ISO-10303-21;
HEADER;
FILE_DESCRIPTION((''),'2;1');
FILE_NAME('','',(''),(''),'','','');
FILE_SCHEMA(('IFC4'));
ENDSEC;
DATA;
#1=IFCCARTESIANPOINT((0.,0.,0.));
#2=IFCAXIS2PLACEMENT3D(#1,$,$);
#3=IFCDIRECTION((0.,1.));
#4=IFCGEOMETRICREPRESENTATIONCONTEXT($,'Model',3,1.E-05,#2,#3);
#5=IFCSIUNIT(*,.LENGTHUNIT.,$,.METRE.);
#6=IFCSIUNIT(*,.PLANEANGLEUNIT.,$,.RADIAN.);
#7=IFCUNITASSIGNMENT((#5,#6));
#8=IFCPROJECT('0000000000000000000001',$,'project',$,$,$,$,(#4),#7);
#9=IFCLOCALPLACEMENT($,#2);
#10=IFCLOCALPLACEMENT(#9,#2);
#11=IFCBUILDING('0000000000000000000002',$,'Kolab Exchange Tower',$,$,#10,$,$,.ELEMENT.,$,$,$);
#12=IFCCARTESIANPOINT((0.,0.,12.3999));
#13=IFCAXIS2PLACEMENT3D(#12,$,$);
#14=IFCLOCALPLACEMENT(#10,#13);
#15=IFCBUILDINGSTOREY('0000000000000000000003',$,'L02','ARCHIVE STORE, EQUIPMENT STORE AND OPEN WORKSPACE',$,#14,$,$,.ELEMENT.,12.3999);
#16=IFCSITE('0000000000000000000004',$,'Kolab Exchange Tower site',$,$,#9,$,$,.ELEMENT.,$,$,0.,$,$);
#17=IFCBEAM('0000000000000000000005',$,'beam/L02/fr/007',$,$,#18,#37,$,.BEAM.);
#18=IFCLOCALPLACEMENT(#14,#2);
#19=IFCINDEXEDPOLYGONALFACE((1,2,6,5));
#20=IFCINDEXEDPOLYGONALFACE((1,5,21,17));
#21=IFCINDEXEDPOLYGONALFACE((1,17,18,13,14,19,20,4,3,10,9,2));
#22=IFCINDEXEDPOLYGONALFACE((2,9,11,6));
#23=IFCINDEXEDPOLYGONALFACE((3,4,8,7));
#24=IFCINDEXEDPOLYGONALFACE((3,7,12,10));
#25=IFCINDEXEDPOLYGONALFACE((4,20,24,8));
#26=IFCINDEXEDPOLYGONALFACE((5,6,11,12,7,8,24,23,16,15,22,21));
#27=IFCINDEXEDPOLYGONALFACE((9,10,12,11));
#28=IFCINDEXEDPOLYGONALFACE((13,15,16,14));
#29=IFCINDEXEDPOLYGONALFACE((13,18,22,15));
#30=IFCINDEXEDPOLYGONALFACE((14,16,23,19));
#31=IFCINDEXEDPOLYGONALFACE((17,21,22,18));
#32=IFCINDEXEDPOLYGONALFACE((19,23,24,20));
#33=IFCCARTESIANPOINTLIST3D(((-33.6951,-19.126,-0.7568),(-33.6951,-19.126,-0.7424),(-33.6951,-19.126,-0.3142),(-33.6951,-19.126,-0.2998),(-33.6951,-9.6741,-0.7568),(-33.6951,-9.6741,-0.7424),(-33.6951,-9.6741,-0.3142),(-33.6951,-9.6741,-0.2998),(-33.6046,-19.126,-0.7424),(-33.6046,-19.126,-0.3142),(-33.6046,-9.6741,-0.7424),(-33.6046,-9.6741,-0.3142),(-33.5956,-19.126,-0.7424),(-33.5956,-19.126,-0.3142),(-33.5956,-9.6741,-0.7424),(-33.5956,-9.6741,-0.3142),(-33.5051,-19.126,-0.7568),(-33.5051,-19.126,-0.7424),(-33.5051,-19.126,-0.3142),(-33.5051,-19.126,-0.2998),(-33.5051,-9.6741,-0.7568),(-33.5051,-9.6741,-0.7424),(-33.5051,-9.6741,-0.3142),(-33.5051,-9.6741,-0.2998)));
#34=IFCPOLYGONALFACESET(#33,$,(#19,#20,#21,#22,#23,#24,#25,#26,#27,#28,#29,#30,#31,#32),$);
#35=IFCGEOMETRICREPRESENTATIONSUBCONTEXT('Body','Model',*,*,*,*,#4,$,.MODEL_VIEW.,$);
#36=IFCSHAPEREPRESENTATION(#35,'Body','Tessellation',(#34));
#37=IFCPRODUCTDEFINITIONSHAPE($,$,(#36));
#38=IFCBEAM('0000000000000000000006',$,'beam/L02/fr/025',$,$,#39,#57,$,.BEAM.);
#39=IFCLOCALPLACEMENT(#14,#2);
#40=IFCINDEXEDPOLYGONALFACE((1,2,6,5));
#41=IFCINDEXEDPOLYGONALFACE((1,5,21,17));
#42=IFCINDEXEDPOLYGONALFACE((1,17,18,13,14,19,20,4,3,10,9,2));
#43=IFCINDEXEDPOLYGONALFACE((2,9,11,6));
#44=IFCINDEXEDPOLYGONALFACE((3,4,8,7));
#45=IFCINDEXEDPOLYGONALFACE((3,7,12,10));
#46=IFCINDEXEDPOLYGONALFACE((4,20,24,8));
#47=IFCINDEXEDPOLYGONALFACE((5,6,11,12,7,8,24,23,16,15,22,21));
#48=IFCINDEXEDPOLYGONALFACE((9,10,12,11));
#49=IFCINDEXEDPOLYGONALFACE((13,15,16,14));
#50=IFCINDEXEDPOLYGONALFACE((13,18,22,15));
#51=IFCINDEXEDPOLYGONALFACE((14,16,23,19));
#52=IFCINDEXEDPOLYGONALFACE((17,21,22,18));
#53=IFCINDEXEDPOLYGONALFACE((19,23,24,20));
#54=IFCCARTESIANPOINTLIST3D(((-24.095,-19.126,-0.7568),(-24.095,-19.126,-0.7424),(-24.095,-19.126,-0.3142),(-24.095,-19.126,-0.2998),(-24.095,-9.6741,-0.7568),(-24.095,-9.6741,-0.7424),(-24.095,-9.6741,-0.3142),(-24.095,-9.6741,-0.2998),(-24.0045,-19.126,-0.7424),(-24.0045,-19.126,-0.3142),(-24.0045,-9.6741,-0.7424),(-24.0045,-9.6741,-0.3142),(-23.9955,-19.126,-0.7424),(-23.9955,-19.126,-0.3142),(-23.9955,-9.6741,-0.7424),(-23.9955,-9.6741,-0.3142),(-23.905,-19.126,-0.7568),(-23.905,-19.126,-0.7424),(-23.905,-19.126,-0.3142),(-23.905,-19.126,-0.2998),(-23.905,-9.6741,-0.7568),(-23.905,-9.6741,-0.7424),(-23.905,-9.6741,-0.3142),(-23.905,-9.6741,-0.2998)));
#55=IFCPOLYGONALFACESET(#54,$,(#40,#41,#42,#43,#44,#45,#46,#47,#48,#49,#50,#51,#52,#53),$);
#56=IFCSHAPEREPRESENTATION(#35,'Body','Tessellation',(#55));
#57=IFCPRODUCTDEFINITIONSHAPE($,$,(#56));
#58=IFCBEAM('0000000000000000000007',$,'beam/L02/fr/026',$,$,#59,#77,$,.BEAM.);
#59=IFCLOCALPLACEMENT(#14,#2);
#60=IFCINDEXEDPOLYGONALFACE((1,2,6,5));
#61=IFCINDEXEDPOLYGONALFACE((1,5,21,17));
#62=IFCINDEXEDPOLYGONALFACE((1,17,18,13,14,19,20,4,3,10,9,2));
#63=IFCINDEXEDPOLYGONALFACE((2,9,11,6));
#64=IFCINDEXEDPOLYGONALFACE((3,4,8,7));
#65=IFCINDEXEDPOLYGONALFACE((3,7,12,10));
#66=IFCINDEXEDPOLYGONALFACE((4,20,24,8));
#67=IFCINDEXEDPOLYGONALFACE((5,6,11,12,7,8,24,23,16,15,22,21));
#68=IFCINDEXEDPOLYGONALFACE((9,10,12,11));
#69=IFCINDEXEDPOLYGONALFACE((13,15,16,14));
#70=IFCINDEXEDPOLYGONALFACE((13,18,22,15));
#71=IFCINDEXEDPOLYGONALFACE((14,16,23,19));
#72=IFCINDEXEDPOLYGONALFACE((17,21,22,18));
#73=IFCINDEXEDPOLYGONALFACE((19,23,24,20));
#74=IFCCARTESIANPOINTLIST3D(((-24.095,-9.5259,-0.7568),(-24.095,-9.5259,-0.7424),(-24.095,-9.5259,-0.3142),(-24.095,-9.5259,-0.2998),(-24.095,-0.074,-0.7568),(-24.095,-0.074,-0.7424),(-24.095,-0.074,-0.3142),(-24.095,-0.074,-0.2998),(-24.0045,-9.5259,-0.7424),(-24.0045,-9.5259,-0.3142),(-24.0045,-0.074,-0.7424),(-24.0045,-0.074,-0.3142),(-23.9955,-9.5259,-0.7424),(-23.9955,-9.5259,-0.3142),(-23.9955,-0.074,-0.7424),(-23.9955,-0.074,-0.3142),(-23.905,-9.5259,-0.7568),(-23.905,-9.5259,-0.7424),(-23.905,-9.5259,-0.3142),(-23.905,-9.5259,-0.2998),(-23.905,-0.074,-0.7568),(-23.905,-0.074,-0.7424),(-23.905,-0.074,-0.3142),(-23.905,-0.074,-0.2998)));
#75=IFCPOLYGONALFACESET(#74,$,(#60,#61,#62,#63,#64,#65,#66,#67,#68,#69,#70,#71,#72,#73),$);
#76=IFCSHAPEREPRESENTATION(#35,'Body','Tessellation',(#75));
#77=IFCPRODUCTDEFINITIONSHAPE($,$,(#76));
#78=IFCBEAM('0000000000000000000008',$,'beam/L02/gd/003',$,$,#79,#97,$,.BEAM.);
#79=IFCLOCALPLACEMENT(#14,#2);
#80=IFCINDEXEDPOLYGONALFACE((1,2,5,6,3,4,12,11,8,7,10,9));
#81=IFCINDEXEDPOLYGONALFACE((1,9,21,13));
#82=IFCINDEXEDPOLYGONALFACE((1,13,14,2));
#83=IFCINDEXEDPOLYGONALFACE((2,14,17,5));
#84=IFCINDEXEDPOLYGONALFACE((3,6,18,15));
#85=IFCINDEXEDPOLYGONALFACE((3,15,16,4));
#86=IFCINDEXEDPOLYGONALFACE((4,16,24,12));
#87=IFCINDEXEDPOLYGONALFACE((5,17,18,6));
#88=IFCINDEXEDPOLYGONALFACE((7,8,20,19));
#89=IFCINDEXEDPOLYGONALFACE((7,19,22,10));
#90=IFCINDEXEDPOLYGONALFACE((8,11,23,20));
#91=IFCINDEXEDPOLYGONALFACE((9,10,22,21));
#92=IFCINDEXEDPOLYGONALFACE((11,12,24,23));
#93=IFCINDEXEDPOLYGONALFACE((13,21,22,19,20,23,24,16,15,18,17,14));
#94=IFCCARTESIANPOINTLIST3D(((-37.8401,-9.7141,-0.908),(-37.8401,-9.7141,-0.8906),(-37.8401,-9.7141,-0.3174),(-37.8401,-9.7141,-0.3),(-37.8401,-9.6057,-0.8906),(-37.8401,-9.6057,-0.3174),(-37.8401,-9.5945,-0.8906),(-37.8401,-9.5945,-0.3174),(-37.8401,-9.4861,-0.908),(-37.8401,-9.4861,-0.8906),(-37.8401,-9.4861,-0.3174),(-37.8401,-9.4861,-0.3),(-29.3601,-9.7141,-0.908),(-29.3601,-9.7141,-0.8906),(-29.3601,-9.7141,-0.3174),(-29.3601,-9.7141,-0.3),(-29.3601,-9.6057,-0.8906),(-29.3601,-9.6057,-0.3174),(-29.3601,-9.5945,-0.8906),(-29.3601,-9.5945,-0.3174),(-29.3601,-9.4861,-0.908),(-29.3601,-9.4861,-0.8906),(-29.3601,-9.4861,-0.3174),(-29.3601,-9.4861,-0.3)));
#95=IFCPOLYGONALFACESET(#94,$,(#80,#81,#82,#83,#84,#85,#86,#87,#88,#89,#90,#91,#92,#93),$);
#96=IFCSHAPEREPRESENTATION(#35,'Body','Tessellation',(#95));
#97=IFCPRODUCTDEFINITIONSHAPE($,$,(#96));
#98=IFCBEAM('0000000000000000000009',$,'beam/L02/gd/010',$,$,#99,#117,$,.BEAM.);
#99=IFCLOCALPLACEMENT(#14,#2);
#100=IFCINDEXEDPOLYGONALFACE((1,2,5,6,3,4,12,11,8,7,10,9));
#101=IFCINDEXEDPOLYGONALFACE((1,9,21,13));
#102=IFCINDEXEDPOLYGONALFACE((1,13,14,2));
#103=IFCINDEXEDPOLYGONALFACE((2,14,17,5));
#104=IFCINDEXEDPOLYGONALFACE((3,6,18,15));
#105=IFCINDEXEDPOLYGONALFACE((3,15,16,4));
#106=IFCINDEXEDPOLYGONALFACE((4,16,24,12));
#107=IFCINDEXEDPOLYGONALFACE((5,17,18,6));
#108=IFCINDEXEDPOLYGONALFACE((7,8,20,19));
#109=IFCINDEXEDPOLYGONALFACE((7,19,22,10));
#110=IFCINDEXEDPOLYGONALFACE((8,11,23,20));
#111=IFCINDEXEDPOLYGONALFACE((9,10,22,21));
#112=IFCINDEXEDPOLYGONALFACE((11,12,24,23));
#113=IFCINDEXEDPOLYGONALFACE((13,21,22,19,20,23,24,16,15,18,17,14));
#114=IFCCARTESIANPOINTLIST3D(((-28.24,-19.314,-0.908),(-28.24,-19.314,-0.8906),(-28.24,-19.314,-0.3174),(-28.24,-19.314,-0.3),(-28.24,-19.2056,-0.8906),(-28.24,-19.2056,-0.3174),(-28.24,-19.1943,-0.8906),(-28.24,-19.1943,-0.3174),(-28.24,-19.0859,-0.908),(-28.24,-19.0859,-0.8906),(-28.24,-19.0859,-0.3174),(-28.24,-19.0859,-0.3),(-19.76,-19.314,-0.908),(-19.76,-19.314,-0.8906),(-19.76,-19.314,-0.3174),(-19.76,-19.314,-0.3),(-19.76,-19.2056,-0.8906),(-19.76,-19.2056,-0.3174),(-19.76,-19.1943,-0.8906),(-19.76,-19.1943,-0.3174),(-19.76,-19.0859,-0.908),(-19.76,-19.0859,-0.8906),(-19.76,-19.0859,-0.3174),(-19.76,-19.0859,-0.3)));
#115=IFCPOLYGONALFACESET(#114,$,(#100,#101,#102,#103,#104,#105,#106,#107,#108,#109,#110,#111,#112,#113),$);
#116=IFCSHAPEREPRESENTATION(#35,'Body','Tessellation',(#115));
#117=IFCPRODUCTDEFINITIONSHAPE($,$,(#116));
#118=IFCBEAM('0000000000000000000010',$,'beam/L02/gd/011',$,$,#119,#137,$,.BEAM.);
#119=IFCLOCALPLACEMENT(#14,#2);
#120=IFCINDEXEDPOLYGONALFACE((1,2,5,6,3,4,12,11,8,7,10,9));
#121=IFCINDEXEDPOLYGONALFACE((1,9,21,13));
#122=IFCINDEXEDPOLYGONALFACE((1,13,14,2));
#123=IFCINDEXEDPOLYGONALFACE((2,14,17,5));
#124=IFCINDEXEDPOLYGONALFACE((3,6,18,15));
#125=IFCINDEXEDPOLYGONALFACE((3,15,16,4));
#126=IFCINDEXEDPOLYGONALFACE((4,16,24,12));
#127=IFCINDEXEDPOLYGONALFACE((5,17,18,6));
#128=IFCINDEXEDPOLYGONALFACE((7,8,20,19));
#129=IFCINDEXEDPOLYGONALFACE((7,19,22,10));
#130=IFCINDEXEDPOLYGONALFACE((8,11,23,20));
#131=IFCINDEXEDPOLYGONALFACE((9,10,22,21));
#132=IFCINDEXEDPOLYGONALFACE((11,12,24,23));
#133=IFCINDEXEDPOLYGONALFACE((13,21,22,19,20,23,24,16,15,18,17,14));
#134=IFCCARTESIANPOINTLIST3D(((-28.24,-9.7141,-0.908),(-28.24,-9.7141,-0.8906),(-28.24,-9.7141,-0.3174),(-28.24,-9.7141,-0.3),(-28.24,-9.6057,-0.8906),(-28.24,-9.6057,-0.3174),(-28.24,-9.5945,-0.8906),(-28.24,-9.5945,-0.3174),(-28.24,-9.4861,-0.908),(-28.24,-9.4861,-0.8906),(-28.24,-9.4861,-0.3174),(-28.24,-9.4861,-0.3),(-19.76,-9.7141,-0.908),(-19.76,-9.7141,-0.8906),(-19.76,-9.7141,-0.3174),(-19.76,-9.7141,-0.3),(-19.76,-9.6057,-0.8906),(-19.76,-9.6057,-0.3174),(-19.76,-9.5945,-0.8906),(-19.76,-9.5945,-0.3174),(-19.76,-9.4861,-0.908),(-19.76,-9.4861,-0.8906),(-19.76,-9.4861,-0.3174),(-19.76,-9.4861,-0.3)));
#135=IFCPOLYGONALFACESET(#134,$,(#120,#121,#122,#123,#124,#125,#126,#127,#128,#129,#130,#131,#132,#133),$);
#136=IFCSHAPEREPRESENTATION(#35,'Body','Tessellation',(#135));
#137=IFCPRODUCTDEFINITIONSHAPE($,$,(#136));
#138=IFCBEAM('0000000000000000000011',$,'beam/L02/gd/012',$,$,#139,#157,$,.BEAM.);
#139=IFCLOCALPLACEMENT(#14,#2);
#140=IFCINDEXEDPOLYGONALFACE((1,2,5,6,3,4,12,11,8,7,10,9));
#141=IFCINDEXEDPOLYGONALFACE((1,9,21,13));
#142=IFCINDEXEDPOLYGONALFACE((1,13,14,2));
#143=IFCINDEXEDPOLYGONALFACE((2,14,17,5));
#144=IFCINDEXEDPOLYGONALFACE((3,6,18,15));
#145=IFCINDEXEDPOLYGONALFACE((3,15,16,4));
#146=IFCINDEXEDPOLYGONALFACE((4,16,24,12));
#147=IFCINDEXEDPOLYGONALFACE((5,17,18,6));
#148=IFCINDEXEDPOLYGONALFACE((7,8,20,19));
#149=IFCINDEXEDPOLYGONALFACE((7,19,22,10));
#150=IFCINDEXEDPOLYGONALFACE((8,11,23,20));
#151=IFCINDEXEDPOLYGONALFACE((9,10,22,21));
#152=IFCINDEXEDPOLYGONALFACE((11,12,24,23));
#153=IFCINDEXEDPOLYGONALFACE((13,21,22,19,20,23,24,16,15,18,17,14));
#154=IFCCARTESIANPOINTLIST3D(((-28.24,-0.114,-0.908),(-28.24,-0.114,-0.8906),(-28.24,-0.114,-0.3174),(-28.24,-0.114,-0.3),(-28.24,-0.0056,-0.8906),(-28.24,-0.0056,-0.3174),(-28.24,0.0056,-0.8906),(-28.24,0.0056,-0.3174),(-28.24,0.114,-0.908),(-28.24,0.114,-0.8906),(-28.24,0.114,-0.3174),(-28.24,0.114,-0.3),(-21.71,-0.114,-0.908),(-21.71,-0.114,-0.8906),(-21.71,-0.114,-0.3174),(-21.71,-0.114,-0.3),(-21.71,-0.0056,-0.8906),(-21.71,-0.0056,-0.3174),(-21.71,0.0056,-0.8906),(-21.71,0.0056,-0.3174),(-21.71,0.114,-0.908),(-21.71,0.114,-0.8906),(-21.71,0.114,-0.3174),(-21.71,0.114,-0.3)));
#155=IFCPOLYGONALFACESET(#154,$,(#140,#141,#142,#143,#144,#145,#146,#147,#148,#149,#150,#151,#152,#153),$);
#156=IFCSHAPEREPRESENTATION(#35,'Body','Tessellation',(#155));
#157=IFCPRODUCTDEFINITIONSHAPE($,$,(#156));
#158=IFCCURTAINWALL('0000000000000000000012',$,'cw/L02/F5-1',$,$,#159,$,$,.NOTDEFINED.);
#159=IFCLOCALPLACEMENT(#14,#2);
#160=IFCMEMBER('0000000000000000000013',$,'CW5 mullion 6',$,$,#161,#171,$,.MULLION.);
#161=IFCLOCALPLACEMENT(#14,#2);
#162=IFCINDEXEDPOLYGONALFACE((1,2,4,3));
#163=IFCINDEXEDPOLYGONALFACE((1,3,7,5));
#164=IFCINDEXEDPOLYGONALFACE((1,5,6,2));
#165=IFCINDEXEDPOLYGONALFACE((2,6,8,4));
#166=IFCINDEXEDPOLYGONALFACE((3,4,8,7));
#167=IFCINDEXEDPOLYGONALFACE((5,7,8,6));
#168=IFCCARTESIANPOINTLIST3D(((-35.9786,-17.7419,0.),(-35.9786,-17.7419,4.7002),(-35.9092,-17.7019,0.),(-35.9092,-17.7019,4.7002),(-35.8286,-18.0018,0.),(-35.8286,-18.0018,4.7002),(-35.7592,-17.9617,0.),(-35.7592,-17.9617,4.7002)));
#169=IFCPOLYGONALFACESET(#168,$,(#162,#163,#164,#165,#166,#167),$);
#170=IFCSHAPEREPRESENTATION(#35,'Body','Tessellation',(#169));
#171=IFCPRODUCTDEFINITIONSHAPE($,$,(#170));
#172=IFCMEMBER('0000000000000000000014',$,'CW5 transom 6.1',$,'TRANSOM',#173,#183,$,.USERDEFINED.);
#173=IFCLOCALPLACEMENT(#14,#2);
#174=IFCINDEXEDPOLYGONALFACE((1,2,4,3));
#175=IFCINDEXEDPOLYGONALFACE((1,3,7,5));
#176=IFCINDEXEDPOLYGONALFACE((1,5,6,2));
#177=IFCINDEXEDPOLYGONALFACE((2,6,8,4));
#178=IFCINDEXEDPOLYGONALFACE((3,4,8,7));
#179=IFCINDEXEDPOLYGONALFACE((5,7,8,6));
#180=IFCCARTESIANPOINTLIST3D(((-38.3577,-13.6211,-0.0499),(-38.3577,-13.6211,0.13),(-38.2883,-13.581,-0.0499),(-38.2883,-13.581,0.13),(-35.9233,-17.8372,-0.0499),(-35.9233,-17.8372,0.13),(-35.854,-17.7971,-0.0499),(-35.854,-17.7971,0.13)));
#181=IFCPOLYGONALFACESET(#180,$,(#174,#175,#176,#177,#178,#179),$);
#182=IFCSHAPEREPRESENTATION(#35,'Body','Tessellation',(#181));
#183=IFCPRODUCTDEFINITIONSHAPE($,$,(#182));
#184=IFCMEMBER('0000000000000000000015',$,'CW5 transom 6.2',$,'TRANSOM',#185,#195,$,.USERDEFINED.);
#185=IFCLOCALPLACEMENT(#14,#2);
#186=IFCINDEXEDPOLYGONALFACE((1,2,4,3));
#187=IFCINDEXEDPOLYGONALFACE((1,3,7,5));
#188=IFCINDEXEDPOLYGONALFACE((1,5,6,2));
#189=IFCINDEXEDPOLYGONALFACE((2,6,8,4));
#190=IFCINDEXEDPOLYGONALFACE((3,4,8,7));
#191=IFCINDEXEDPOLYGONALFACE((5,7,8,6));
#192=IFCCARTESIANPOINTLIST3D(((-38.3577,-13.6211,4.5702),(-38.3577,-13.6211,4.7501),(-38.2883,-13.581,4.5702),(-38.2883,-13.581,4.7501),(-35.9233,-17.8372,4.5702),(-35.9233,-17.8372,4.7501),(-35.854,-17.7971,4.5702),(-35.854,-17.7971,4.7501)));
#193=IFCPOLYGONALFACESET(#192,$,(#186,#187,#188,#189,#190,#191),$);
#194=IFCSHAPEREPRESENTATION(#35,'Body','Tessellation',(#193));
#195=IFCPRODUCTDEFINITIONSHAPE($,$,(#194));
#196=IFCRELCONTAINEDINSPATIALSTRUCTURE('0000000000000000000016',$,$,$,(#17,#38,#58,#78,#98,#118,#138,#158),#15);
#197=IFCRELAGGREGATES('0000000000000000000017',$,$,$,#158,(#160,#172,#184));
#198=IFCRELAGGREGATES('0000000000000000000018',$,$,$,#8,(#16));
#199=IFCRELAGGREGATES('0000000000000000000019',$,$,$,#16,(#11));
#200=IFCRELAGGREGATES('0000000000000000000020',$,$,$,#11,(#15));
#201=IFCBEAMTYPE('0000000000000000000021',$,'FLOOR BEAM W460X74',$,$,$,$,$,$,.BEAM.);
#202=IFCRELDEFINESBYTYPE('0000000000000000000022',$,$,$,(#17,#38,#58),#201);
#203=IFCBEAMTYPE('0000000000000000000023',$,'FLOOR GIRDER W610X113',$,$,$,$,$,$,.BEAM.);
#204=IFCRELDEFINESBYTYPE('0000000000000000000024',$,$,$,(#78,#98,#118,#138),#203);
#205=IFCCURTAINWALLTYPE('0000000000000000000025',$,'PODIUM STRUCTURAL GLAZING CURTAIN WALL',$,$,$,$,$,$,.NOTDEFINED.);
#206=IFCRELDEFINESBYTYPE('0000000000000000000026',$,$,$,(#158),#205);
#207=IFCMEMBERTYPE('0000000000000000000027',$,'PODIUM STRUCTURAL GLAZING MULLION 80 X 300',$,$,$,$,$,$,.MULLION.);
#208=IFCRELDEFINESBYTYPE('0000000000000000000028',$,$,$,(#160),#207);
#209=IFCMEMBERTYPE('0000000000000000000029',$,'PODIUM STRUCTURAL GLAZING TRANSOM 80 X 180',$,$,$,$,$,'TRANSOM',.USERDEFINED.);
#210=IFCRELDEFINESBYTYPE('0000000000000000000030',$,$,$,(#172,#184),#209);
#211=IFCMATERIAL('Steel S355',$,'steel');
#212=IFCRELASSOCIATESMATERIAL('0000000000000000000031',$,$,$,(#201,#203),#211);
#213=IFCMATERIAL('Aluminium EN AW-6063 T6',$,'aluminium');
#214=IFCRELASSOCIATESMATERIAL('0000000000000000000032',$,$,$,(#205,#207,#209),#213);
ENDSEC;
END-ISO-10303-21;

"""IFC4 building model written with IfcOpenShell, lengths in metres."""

from ifc_helpers import new_model, si_unit, direction, frame, origin, origin_2d, place, context, subcontext, project, spatial, rectangle, i_section, extrude, material, material_profile, profile_set, type_object, element, aggregate, save


model = new_model("IFC4")

# Units and contexts
model_context = context("Model", 3, precision=1e-05, world=origin(), true_north=direction((0.0, 1.0)))
body_context = subcontext(model_context, "Body", "Model", "MODEL_VIEW")
ifc_project = project(units=[si_unit("LENGTHUNIT", "METRE"), si_unit("PLANEANGLEUNIT", "RADIAN")], contexts=[model_context])

# Site, building, storey
site_placement = place(None, origin())
site = spatial("IfcSite", under=ifc_project, at=site_placement, Name="Kolab Exchange Tower site", CompositionType="ELEMENT", RefElevation=0.0)
building_placement = place(site_placement, origin())
building = spatial("IfcBuilding", under=site, at=building_placement, Name="Kolab Exchange Tower", CompositionType="ELEMENT")
storey_placement = place(building_placement, frame((0.0, 0.0, 12.3999)))
storey = spatial("IfcBuildingStorey", under=building, at=storey_placement, Name="L02", Description="ARCHIVE STORE, EQUIPMENT STORE AND OPEN WORKSPACE", CompositionType="ELEMENT", Elevation=12.3999)

# Beams
ifc_material_1 = material(Name="Steel S355", Category="steel")
ifc_material_profile_1 = material_profile(ifc_material_1, i_section(OverallWidth=0.1899, OverallDepth=0.457, WebThickness=0.009, FlangeThickness=0.0144, at=origin_2d()), Name="W460X74")
ifc_profile_set_1 = profile_set([ifc_material_profile_1], Name="Steel S355")
beam_type_1 = type_object("IfcBeamType", Name="FLOOR BEAM W460X74", PredefinedType="BEAM", material=ifc_profile_set_1)
for number, where, z_axis, x_axis, name in (
    (1, (-33.6001, -19.126, -0.5283), (0.0, 1.0, 0.0), (-1.0, 0.0, 0.0), "beam/L02/fr/007"),
    (2, (-24.0, -19.126, -0.5283), (0.0, 1.0, 0.0), (-1.0, 0.0, 0.0), "beam/L02/fr/025"),
    (3, (-24.0, -9.5259, -0.5283), (0.0, 1.0, 0.0), (-1.0, 0.0, 0.0), "beam/L02/fr/026"),
):
    element("IfcBeam", number, at=place(storey_placement, frame(where, z_axis=z_axis, x_axis=x_axis)), inside=storey, type_object=beam_type_1, Name=name, PredefinedType="BEAM", context=body_context, shape_type="SweptSolid", body=[
        extrude(i_section(OverallWidth=0.1899, OverallDepth=0.457, WebThickness=0.009, FlangeThickness=0.0144, at=origin_2d()), origin(), (0.0, 0.0, 1.0), 9.4519),
    ])
ifc_material_profile_2 = material_profile(ifc_material_1, i_section(OverallWidth=0.228, OverallDepth=0.6079, WebThickness=0.0112, FlangeThickness=0.0173, at=origin_2d()), Name="W610X113")
ifc_profile_set_2 = profile_set([ifc_material_profile_2], Name="Steel S355")
beam_type_2 = type_object("IfcBeamType", Name="FLOOR GIRDER W610X113", PredefinedType="BEAM", material=ifc_profile_set_2)
for number, where, z_axis, x_axis, name in (
    (4, (-37.8401, -9.6001, -0.604), (1.0, 0.0, 0.0), (0.0, 1.0, 0.0), "beam/L02/gd/003"),
    (5, (-28.24, -19.2, -0.604), (1.0, 0.0, 0.0), (0.0, 1.0, 0.0), "beam/L02/gd/010"),
    (6, (-28.24, -9.6001, -0.604), (1.0, 0.0, 0.0), (0.0, 1.0, 0.0), "beam/L02/gd/011"),
):
    element("IfcBeam", number, at=place(storey_placement, frame(where, z_axis=z_axis, x_axis=x_axis)), inside=storey, type_object=beam_type_2, Name=name, PredefinedType="BEAM", context=body_context, shape_type="SweptSolid", body=[
        extrude(i_section(OverallWidth=0.228, OverallDepth=0.6079, WebThickness=0.0112, FlangeThickness=0.0173, at=origin_2d()), origin(), (0.0, 0.0, 1.0), 8.48),
    ])
beam_1_placement = place(storey_placement, frame((-28.24, 0.0, -0.604), z_axis=(1.0, 0.0, 0.0), x_axis=(0.0, 1.0, 0.0)))
element("IfcBeam", 7, at=beam_1_placement, inside=storey, type_object=beam_type_2, Name="beam/L02/gd/012", PredefinedType="BEAM", context=body_context, shape_type="SweptSolid", body=[
    extrude(i_section(OverallWidth=0.228, OverallDepth=0.6079, WebThickness=0.0112, FlangeThickness=0.0173, at=origin_2d()), origin(), (0.0, 0.0, 1.0), 6.53),
])

# Curtain wall, members
ifc_material_2 = material(Name="Aluminium EN AW-6063 T6", Category="aluminium")
curtain_wall_type = type_object("IfcCurtainWallType", Name="PODIUM STRUCTURAL GLAZING CURTAIN WALL", PredefinedType="NOTDEFINED", material=ifc_material_2)
curtain_wall_placement = place(storey_placement, origin())
curtain_wall = element("IfcCurtainWall", 8, at=curtain_wall_placement, inside=storey, type_object=curtain_wall_type, Name="cw/L02/F5-1", PredefinedType="NOTDEFINED")
ifc_material_profile_3 = material_profile(ifc_material_2, rectangle(XDim=0.0801, YDim=0.3, at=origin_2d()), Name="RECT 80X300")
ifc_profile_set_3 = profile_set([ifc_material_profile_3], Name="Aluminium EN AW-6063 T6")
member_type_1 = type_object("IfcMemberType", Name="PODIUM STRUCTURAL GLAZING MULLION 80 X 300", PredefinedType="MULLION", material=ifc_profile_set_3)
member_1_placement = place(storey_placement, frame((-35.8689, -17.8518, 0.0), z_axis=(0.0, 0.0, 1.0), x_axis=(-0.866025, -0.5, 0.0)))
member_1 = element("IfcMember", 9, at=member_1_placement, type_object=member_type_1, Name="CW5 mullion 6", PredefinedType="MULLION", context=body_context, shape_type="SweptSolid", body=[
    extrude(rectangle(XDim=0.0801, YDim=0.3, at=origin_2d()), origin(), (0.0, 0.0, 1.0), 4.7002),
])
ifc_material_profile_4 = material_profile(ifc_material_2, rectangle(XDim=0.0801, YDim=0.1799, at=origin_2d()), Name="RECT 80X180")
ifc_profile_set_4 = profile_set([ifc_material_profile_4], Name="Aluminium EN AW-6063 T6")
member_type_2 = type_object("IfcMemberType", Name="PODIUM STRUCTURAL GLAZING TRANSOM 80 X 180", ElementType="TRANSOM", PredefinedType="USERDEFINED", material=ifc_profile_set_4)
member_2_placement = place(storey_placement, frame((-35.8887, -17.8171, 0.04), z_axis=(-0.500028, 0.866009, 0.0), x_axis=(-0.866009, -0.500028, 0.0)))
member_2 = element("IfcMember", 10, at=member_2_placement, type_object=member_type_2, Name="CW5 transom 6.1", ObjectType="TRANSOM", PredefinedType="USERDEFINED", context=body_context, shape_type="SweptSolid", body=[
    extrude(rectangle(XDim=0.0801, YDim=0.1799, at=origin_2d()), origin(), (0.0, 0.0, 1.0), 4.8684),
])
member_3_placement = place(storey_placement, frame((-35.8887, -17.8171, 4.6602), z_axis=(-0.500028, 0.866009, 0.0), x_axis=(-0.866009, -0.500028, 0.0)))
member_3 = element("IfcMember", 11, at=member_3_placement, type_object=member_type_2, Name="CW5 transom 6.2", ObjectType="TRANSOM", PredefinedType="USERDEFINED", context=body_context, shape_type="SweptSolid", body=[
    extrude(rectangle(XDim=0.0801, YDim=0.1799, at=origin_2d()), origin(), (0.0, 0.0, 1.0), 4.8684),
])

aggregate(curtain_wall, [member_1, member_2, member_3])

save(model, "model.ifc")
